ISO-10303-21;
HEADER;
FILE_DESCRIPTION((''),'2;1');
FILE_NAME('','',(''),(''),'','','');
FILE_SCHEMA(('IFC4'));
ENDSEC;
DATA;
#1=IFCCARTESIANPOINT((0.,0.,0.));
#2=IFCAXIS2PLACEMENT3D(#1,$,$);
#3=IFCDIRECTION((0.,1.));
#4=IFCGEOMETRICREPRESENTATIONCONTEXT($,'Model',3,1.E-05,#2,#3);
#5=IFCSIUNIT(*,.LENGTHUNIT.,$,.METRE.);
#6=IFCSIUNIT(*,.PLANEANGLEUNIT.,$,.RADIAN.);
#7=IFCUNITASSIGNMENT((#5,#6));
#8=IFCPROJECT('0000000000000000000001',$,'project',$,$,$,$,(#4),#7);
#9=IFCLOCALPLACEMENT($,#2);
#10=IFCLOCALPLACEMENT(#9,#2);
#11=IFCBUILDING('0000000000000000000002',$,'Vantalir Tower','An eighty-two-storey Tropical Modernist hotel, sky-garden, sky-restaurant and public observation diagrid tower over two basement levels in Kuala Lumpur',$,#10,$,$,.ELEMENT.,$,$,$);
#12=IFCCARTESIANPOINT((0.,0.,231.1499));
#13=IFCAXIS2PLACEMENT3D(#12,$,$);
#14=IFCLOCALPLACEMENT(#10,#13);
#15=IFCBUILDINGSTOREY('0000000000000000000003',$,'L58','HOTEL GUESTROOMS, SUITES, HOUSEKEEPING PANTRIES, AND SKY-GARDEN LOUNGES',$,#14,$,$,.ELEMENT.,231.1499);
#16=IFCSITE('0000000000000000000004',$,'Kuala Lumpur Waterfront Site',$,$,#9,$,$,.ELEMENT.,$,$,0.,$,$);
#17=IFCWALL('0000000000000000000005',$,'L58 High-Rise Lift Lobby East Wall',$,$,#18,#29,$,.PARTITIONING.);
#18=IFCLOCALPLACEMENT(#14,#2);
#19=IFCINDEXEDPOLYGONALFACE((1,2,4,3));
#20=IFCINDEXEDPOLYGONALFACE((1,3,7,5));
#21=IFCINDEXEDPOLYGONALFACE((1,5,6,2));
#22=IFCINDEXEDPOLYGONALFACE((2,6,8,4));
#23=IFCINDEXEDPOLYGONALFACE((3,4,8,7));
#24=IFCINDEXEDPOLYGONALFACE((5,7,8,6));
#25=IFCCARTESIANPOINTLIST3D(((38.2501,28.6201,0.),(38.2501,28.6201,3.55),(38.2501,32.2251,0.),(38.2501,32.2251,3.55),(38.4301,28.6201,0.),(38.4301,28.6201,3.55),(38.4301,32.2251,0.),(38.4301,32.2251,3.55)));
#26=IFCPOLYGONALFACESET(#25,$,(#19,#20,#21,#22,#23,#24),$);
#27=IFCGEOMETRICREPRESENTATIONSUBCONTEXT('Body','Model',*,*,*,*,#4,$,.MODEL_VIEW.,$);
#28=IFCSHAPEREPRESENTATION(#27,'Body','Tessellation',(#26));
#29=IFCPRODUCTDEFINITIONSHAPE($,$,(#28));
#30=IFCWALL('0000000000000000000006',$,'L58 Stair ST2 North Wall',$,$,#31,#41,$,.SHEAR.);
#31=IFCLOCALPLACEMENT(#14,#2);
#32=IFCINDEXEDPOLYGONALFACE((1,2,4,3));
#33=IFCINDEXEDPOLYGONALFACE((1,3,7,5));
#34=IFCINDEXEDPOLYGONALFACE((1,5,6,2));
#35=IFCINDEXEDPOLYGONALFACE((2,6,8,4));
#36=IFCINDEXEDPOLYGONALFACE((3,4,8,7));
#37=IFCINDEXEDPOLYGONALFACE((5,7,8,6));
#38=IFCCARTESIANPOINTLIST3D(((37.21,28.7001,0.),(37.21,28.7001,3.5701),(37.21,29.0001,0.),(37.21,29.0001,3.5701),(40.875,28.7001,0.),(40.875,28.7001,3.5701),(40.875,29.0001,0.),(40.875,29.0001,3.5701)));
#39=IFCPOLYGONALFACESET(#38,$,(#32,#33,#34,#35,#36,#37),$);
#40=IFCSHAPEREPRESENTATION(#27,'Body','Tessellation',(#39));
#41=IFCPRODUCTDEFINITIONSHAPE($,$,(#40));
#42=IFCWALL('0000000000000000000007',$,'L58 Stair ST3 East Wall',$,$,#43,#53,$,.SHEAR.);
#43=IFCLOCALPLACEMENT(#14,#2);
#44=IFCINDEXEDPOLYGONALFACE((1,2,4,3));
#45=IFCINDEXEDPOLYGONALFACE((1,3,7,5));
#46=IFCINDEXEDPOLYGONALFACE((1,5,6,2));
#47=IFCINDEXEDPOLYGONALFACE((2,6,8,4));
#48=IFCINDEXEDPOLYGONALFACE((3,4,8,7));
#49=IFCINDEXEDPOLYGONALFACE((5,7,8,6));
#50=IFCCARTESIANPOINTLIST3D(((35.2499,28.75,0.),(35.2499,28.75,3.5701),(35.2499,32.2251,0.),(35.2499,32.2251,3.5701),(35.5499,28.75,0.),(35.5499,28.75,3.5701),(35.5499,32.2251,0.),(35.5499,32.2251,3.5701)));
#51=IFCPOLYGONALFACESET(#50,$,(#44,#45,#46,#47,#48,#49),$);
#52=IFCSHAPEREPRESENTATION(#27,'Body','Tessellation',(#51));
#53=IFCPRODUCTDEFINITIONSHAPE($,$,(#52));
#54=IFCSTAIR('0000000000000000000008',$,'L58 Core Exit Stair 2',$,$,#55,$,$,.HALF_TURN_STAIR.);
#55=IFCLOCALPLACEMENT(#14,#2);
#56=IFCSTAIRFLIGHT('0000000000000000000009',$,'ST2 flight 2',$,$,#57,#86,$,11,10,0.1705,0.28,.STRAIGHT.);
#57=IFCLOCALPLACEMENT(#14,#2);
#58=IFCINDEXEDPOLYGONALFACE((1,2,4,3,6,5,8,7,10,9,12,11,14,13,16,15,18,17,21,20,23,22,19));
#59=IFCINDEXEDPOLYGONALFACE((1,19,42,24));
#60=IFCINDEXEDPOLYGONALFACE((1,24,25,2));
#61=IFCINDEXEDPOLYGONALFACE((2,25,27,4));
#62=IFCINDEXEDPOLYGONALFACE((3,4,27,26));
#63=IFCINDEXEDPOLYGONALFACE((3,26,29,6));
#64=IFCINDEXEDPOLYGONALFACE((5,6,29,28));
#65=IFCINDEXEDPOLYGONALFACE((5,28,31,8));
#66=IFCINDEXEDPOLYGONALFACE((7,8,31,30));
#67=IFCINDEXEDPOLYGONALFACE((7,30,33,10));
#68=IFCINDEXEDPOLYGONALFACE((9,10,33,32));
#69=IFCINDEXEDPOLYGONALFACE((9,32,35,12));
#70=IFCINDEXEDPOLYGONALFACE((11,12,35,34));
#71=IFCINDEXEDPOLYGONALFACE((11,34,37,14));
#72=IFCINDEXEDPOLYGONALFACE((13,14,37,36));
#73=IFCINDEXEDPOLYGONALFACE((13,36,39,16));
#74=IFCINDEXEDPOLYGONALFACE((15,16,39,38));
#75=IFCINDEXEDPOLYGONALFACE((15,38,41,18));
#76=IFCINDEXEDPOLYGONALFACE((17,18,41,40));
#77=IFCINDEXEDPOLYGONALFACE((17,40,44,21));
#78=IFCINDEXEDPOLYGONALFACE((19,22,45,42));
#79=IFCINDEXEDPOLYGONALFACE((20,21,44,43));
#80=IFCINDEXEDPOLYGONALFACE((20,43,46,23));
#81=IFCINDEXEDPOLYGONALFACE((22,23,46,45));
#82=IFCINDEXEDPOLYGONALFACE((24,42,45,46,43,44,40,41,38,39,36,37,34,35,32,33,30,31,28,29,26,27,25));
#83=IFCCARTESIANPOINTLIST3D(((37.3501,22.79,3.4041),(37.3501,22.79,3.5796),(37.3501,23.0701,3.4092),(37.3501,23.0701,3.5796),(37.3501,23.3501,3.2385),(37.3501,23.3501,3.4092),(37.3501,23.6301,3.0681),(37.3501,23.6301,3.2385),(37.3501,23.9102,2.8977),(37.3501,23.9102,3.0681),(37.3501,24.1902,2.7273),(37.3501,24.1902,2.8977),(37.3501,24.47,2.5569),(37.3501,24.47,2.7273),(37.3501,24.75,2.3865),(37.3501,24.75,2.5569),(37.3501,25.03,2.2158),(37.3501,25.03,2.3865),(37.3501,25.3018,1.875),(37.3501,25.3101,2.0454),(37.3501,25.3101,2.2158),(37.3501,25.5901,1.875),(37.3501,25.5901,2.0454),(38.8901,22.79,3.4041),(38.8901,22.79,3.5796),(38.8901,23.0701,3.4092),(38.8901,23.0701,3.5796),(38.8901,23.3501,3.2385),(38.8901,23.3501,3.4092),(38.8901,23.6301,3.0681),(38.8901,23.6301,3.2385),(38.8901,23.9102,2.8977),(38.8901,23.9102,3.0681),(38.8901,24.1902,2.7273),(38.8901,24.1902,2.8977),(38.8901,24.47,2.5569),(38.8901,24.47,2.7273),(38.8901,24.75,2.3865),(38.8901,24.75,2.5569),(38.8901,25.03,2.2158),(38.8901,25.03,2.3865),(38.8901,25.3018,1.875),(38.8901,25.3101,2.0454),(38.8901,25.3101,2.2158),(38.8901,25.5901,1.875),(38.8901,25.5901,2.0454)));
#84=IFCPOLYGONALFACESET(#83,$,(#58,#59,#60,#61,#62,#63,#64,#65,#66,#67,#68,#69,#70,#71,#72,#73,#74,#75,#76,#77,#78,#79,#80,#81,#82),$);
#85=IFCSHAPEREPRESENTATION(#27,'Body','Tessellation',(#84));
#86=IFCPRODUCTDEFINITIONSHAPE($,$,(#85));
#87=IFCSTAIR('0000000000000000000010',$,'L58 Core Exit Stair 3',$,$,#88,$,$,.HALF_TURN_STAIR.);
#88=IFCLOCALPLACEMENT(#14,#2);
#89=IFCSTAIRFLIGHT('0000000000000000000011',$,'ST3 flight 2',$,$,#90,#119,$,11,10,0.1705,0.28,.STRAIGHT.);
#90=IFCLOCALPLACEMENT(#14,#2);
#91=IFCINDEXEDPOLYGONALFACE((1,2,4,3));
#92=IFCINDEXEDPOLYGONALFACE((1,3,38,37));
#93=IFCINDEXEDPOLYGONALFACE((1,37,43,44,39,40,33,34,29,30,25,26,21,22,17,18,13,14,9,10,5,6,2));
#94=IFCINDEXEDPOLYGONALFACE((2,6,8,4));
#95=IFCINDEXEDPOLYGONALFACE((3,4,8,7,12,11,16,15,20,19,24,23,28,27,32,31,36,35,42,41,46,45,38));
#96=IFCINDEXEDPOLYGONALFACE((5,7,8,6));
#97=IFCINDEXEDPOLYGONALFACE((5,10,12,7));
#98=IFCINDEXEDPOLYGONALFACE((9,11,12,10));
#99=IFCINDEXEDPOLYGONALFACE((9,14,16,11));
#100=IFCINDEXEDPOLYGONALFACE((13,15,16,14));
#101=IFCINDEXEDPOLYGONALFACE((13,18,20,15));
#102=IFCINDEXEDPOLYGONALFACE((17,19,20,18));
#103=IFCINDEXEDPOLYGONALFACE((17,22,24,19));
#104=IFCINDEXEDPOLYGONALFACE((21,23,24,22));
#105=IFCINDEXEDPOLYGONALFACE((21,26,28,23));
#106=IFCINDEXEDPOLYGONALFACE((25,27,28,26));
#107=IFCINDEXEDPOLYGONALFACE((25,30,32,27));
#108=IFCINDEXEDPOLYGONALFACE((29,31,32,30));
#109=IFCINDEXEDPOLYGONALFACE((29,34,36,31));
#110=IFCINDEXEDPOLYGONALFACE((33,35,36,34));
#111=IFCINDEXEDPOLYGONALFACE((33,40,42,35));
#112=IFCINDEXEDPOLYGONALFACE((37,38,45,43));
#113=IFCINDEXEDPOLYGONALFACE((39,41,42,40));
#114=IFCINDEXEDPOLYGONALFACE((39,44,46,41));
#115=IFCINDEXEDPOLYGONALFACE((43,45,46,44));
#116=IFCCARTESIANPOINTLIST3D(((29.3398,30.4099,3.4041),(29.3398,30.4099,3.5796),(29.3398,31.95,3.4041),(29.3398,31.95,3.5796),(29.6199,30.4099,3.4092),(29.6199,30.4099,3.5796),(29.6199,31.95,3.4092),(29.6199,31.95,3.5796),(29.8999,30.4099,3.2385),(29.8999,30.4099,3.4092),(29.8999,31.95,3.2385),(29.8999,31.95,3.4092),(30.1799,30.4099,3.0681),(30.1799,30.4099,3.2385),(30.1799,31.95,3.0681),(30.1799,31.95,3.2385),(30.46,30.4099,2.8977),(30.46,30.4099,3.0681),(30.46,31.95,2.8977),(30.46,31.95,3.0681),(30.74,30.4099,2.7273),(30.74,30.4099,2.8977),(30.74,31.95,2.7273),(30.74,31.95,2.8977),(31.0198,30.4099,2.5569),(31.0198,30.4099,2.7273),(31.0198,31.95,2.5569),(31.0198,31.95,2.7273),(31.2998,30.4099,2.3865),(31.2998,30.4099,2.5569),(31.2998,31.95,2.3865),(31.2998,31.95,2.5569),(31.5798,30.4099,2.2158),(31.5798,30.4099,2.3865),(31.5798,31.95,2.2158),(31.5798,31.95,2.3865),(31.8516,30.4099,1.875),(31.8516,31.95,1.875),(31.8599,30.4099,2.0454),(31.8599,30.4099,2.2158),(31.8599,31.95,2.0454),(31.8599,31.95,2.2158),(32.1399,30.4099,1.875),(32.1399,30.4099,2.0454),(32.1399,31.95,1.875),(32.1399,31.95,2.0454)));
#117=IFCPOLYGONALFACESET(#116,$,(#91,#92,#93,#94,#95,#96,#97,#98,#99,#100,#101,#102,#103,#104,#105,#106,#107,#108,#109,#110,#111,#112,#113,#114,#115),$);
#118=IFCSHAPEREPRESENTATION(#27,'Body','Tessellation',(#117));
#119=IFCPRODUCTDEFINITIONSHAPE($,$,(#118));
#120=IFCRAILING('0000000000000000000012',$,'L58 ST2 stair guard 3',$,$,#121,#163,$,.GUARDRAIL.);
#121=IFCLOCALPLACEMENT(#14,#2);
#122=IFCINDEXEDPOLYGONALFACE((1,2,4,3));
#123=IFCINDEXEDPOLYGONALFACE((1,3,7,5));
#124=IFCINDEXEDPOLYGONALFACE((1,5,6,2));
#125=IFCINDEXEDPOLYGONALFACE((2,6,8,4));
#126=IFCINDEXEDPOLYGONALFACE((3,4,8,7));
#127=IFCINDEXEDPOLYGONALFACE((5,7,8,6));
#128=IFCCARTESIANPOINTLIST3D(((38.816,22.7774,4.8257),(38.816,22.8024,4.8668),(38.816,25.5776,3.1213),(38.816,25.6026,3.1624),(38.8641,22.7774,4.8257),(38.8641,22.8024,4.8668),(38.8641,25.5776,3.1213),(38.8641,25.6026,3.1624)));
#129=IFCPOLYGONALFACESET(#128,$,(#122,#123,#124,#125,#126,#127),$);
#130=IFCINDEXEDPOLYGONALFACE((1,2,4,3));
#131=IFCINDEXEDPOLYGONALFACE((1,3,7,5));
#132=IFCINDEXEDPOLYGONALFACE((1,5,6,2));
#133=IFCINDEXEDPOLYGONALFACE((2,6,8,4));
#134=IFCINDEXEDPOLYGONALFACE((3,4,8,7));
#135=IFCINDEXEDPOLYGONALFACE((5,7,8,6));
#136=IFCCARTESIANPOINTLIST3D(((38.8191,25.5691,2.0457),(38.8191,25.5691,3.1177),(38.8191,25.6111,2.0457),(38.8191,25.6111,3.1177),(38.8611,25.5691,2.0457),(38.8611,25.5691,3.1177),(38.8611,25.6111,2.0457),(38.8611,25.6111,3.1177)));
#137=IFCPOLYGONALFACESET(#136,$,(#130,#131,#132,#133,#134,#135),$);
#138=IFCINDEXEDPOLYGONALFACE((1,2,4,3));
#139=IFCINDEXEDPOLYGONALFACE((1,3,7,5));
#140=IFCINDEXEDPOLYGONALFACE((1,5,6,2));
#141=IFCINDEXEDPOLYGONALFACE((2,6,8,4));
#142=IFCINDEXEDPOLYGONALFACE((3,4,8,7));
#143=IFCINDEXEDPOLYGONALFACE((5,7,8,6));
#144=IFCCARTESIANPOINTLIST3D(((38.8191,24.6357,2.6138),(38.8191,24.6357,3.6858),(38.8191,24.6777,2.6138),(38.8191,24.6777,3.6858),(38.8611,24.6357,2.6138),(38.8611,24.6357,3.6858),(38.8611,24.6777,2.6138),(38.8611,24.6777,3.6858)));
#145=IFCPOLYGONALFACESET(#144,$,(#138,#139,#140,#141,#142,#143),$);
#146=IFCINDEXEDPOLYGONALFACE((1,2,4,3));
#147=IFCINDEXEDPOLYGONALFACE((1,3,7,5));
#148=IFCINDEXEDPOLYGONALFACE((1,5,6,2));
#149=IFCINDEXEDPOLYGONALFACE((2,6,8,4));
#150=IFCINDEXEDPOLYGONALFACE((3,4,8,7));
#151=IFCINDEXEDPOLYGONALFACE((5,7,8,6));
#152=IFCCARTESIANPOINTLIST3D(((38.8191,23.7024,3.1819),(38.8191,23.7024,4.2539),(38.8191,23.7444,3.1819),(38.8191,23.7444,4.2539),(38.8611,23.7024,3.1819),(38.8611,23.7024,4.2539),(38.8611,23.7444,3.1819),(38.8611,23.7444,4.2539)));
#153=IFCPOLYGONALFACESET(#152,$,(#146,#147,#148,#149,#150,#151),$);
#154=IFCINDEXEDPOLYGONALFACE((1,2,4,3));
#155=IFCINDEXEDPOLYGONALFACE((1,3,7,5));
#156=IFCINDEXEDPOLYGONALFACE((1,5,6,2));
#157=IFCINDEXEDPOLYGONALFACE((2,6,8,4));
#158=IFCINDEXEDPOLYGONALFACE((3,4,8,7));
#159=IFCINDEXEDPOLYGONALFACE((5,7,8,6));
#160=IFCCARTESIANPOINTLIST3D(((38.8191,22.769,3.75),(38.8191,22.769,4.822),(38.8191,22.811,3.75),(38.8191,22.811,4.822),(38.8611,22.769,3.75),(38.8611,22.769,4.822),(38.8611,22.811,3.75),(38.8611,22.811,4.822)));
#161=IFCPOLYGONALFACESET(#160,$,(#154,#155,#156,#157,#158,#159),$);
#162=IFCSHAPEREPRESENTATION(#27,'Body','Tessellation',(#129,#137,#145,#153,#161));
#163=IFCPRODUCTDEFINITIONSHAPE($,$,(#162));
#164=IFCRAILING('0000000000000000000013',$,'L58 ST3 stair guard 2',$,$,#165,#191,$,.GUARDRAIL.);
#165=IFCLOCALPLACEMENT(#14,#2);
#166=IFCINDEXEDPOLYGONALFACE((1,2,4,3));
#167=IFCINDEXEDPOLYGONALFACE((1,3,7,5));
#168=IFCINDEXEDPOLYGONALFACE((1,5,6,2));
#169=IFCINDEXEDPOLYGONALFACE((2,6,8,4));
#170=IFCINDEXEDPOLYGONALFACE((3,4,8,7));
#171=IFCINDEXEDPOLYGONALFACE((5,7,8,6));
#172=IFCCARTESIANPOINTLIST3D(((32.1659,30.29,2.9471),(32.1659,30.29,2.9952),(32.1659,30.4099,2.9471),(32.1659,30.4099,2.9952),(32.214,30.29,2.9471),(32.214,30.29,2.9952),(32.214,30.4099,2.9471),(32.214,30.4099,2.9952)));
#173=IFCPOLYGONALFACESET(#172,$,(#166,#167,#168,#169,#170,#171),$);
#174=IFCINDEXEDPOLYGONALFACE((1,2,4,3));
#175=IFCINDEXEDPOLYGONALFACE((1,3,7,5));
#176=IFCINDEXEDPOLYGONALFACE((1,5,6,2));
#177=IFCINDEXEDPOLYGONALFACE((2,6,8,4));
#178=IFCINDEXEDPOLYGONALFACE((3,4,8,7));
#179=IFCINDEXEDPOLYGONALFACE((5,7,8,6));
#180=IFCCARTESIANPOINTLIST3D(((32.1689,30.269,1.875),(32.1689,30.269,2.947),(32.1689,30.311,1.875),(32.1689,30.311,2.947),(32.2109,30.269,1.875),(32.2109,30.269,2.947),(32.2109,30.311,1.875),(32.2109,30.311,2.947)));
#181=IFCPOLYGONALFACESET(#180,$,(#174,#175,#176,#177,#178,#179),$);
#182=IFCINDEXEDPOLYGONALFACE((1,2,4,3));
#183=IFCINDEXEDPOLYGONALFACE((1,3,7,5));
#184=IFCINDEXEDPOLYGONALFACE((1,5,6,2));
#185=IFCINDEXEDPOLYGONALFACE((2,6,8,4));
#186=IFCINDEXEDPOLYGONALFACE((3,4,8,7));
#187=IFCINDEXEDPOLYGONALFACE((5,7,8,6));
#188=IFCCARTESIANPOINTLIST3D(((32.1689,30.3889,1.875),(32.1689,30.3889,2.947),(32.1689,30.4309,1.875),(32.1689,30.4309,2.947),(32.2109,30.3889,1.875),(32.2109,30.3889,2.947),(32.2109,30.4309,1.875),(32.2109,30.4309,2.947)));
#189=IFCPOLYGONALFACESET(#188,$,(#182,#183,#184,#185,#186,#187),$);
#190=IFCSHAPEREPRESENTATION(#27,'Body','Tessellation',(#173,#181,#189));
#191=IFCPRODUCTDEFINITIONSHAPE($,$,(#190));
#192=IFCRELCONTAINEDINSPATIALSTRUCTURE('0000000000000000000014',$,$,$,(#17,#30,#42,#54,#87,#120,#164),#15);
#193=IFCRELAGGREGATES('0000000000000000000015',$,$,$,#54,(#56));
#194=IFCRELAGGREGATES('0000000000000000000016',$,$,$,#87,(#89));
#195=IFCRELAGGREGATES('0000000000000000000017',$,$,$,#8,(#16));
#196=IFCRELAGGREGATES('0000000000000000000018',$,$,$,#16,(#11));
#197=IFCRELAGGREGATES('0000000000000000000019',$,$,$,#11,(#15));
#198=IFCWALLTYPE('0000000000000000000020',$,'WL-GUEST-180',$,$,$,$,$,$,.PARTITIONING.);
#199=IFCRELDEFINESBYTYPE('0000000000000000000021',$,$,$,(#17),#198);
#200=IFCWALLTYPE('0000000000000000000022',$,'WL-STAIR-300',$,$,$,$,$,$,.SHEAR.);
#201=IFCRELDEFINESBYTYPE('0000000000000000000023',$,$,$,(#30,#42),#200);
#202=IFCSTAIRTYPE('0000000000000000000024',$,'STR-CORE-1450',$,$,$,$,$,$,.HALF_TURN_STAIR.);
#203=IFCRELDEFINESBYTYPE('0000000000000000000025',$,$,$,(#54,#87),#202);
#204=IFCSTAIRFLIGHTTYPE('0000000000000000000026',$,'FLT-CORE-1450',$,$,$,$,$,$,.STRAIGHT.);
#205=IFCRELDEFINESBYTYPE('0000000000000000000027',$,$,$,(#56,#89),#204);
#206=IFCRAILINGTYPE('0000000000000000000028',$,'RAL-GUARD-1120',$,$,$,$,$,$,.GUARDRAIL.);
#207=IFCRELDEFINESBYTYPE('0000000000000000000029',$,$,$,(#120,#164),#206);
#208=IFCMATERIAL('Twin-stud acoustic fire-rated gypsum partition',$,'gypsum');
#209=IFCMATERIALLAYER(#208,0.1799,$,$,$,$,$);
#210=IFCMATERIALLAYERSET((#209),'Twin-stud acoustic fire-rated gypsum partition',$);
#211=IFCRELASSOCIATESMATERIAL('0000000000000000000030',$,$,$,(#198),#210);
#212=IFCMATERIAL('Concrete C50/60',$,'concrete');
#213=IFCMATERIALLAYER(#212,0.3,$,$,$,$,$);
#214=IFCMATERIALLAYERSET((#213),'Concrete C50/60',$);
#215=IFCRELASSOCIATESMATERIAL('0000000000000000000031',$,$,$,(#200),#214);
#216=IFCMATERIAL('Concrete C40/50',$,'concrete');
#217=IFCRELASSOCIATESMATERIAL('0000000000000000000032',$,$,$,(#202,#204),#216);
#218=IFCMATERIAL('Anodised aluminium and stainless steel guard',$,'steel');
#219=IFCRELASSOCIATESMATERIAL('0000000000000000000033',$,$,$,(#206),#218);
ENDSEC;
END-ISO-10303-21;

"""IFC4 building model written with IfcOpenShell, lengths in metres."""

from ifc_helpers import new_model, si_unit, direction, frame, frame_2d, origin, origin_2d, place, context, subcontext, project, spatial, polyline, rectangle, outline, extrude, material, layer, layer_set, type_object, element, aggregate, save


model = new_model("IFC4")

# Units and contexts
model_context = context("Model", 3, precision=1e-05, world=origin(), true_north=direction((0.0, 1.0)))
body_context = subcontext(model_context, "Body", "Model", "MODEL_VIEW")
ifc_project = project(units=[si_unit("LENGTHUNIT", "METRE"), si_unit("PLANEANGLEUNIT", "RADIAN")], contexts=[model_context])

# Site, building, storey
site_placement = place(None, origin())
site = spatial("IfcSite", under=ifc_project, at=site_placement, Name="Kuala Lumpur Waterfront Site", CompositionType="ELEMENT", RefElevation=0.0)
building_placement = place(site_placement, origin())
building = spatial("IfcBuilding", under=site, at=building_placement, Name="Vantalir Tower", Description="An eighty-two-storey Tropical Modernist hotel, sky-garden, sky-restaurant and public observation diagrid tower over two basement levels in Kuala Lumpur", CompositionType="ELEMENT")
storey_placement = place(building_placement, frame((0.0, 0.0, 231.1499)))
storey = spatial("IfcBuildingStorey", under=building, at=storey_placement, Name="L58", Description="HOTEL GUESTROOMS, SUITES, HOUSEKEEPING PANTRIES, AND SKY-GARDEN LOUNGES", CompositionType="ELEMENT", Elevation=231.1499)

# Walls
ifc_material_1 = material(Name="Twin-stud acoustic fire-rated gypsum partition", Category="gypsum")
ifc_layer_1 = layer(ifc_material_1, 0.1799)
ifc_layer_set_1 = layer_set([ifc_layer_1], Name="Twin-stud acoustic fire-rated gypsum partition")
wall_type_1 = type_object("IfcWallType", Name="WL-GUEST-180", PredefinedType="PARTITIONING", material=ifc_layer_set_1)
wall_1_placement = place(storey_placement, frame((38.3401, 28.6201, 0.0), z_axis=(0.0, 0.0, 1.0), x_axis=(0.0, 1.0, 0.0)))
element("IfcWall", 1, at=wall_1_placement, inside=storey, type_object=wall_type_1, Name="L58 High-Rise Lift Lobby East Wall", PredefinedType="PARTITIONING", context=body_context, shape_type="SweptSolid", body=[
    extrude(rectangle(XDim=3.605, YDim=0.1799, at=frame_2d((1.8025, 0.0))), origin(), (0.0, 0.0, 1.0), 3.55),
])
ifc_material_2 = material(Name="Concrete C50/60", Category="concrete")
ifc_layer_2 = layer(ifc_material_2, 0.3)
ifc_layer_set_2 = layer_set([ifc_layer_2], Name="Concrete C50/60")
wall_type_2 = type_object("IfcWallType", Name="WL-STAIR-300", PredefinedType="SHEAR", material=ifc_layer_set_2)
wall_2_placement = place(storey_placement, frame((37.21, 28.8501, 0.0), z_axis=(0.0, 0.0, 1.0), x_axis=(1.0, 0.0, 0.0)))
element("IfcWall", 2, at=wall_2_placement, inside=storey, type_object=wall_type_2, Name="L58 Stair ST2 North Wall", PredefinedType="SHEAR", context=body_context, shape_type="SweptSolid", body=[
    extrude(rectangle(XDim=3.665, YDim=0.3, at=frame_2d((1.8325, 0.0))), origin(), (0.0, 0.0, 1.0), 3.5701),
])
wall_3_placement = place(storey_placement, frame((35.3999, 28.75, 0.0), z_axis=(0.0, 0.0, 1.0), x_axis=(0.0, 1.0, 0.0)))
element("IfcWall", 3, at=wall_3_placement, inside=storey, type_object=wall_type_2, Name="L58 Stair ST3 East Wall", PredefinedType="SHEAR", context=body_context, shape_type="SweptSolid", body=[
    extrude(rectangle(XDim=3.4751, YDim=0.3, at=frame_2d((1.7375, 0.0))), origin(), (0.0, 0.0, 1.0), 3.5701),
])

# Stairs, stair flights
ifc_material_3 = material(Name="Concrete C40/50", Category="concrete")
stair_type = type_object("IfcStairType", Name="STR-CORE-1450", PredefinedType="HALF_TURN_STAIR", material=ifc_material_3)
stair_1_placement = place(storey_placement, origin())
stair_1 = element("IfcStair", 4, at=stair_1_placement, inside=storey, type_object=stair_type, Name="L58 Core Exit Stair 2", PredefinedType="HALF_TURN_STAIR")
stair_flight_type = type_object("IfcStairFlightType", Name="FLT-CORE-1450", PredefinedType="STRAIGHT", material=ifc_material_3)
stair_flight_1_placement = place(storey_placement, frame((38.1201, 25.5901, 1.875), z_axis=(0.0, 0.0, 1.0), x_axis=(0.0, -1.0, 0.0)))
stair_flight_1 = element("IfcStairFlight", 5, at=stair_flight_1_placement, type_object=stair_flight_type, Name="ST2 flight 2", NumberOfRisers=11, NumberOfTreads=10, PredefinedType="STRAIGHT", RiserHeight=0.1705, TreadLength=0.28, context=body_context, shape_type="SweptSolid", body=[
    extrude(outline(polyline([(0.0, 0.0), (0.0, 0.1704), (0.28, 0.1704), (0.28, 0.3408), (0.5601, 0.3408), (0.5601, 0.5115), (0.8401, 0.5115), (0.8401, 0.6819), (1.1201, 0.6819), (1.1201, 0.8523), (1.3999, 0.8523), (1.3999, 1.0227), (1.6799, 1.0227), (1.6799, 1.1931), (1.96, 1.1931), (1.96, 1.3635), (2.24, 1.3635), (2.24, 1.5342), (2.52, 1.5342), (2.52, 1.7046), (2.8, 1.7046), (2.8, 1.875), (2.8, 1.5291), (0.2883, 0.0), (0.0, 0.0)])), frame((0.0, 0.77, 0.0), z_axis=(0.0, -1.0, 0.0), x_axis=(1.0, 0.0, 0.0)), (0.0, 0.0, 1.0), 1.54),
])
aggregate(stair_1, [stair_flight_1])
stair_2_placement = place(storey_placement, origin())
stair_2 = element("IfcStair", 6, at=stair_2_placement, inside=storey, type_object=stair_type, Name="L58 Core Exit Stair 3", PredefinedType="HALF_TURN_STAIR")
stair_flight_2_placement = place(storey_placement, frame((32.1399, 31.1799, 1.875), z_axis=(0.0, 0.0, 1.0), x_axis=(-1.0, 0.0, 0.0)))
stair_flight_2 = element("IfcStairFlight", 7, at=stair_flight_2_placement, type_object=stair_flight_type, Name="ST3 flight 2", NumberOfRisers=11, NumberOfTreads=10, PredefinedType="STRAIGHT", RiserHeight=0.1705, TreadLength=0.28, context=body_context, shape_type="SweptSolid", body=[
    extrude(outline(polyline([(0.0, 0.0), (0.0, 0.1704), (0.28, 0.1704), (0.28, 0.3408), (0.5601, 0.3408), (0.5601, 0.5115), (0.8401, 0.5115), (0.8401, 0.6819), (1.1201, 0.6819), (1.1201, 0.8523), (1.3999, 0.8523), (1.3999, 1.0227), (1.6799, 1.0227), (1.6799, 1.1931), (1.96, 1.1931), (1.96, 1.3635), (2.24, 1.3635), (2.24, 1.5342), (2.52, 1.5342), (2.52, 1.7046), (2.8, 1.7046), (2.8, 1.875), (2.8, 1.5291), (0.2883, 0.0), (0.0, 0.0)])), frame((0.0, 0.77, 0.0), z_axis=(0.0, -1.0, 0.0), x_axis=(1.0, 0.0, 0.0)), (0.0, 0.0, 1.0), 1.54),
])
aggregate(stair_2, [stair_flight_2])

# Railings
ifc_material_4 = material(Name="Anodised aluminium and stainless steel guard", Category="steel")
railing_type_1 = type_object("IfcRailingType", Name="RAL-GUARD-1120", PredefinedType="GUARDRAIL", material=ifc_material_4)
railing_1_placement = place(storey_placement, frame((38.8401, 25.5901, 2.0457)))
element("IfcRailing", 8, at=railing_1_placement, inside=storey, type_object=railing_type_1, Name="L58 ST2 stair guard 3", PredefinedType="GUARDRAIL", context=body_context, shape_type="SweptSolid", body=[
    extrude(rectangle(XDim=0.0481, YDim=0.0481, at=origin_2d()), frame((0.0, 0.0, 1.0962), z_axis=(0.0, -0.854203, 0.51994), x_axis=(1.0, 0.0, 0.0)), (0.0, 0.0, 1.0), 3.2781),
    extrude(rectangle(XDim=0.042, YDim=0.042, at=origin_2d()), origin(), (0.0, 0.0, 1.0), 1.072),
    extrude(rectangle(XDim=0.042, YDim=0.042, at=origin_2d()), frame((0.0, -0.9333, 0.5681)), (0.0, 0.0, 1.0), 1.072),
    extrude(rectangle(XDim=0.042, YDim=0.042, at=origin_2d()), frame((0.0, -1.8667, 1.1362)), (0.0, 0.0, 1.0), 1.072),
    extrude(rectangle(XDim=0.042, YDim=0.042, at=origin_2d()), frame((0.0, -2.8, 1.7043)), (0.0, 0.0, 1.0), 1.072),
])
railing_2_placement = place(storey_placement, frame((32.1899, 30.29, 1.875)))
element("IfcRailing", 9, at=railing_2_placement, inside=storey, type_object=railing_type_1, Name="L58 ST3 stair guard 2", PredefinedType="GUARDRAIL", context=body_context, shape_type="SweptSolid", body=[
    extrude(rectangle(XDim=0.0481, YDim=0.0481, at=origin_2d()), frame((0.0, 0.0, 1.0962), z_axis=(0.0, 1.0, 0.0), x_axis=(-1.0, 0.0, 0.0)), (0.0, 0.0, 1.0), 0.1199),
    extrude(rectangle(XDim=0.042, YDim=0.042, at=origin_2d()), origin(), (0.0, 0.0, 1.0), 1.072),
    extrude(rectangle(XDim=0.042, YDim=0.042, at=origin_2d()), frame((0.0, 0.1199, 0.0)), (0.0, 0.0, 1.0), 1.072),
])

save(model, "model.ifc")
